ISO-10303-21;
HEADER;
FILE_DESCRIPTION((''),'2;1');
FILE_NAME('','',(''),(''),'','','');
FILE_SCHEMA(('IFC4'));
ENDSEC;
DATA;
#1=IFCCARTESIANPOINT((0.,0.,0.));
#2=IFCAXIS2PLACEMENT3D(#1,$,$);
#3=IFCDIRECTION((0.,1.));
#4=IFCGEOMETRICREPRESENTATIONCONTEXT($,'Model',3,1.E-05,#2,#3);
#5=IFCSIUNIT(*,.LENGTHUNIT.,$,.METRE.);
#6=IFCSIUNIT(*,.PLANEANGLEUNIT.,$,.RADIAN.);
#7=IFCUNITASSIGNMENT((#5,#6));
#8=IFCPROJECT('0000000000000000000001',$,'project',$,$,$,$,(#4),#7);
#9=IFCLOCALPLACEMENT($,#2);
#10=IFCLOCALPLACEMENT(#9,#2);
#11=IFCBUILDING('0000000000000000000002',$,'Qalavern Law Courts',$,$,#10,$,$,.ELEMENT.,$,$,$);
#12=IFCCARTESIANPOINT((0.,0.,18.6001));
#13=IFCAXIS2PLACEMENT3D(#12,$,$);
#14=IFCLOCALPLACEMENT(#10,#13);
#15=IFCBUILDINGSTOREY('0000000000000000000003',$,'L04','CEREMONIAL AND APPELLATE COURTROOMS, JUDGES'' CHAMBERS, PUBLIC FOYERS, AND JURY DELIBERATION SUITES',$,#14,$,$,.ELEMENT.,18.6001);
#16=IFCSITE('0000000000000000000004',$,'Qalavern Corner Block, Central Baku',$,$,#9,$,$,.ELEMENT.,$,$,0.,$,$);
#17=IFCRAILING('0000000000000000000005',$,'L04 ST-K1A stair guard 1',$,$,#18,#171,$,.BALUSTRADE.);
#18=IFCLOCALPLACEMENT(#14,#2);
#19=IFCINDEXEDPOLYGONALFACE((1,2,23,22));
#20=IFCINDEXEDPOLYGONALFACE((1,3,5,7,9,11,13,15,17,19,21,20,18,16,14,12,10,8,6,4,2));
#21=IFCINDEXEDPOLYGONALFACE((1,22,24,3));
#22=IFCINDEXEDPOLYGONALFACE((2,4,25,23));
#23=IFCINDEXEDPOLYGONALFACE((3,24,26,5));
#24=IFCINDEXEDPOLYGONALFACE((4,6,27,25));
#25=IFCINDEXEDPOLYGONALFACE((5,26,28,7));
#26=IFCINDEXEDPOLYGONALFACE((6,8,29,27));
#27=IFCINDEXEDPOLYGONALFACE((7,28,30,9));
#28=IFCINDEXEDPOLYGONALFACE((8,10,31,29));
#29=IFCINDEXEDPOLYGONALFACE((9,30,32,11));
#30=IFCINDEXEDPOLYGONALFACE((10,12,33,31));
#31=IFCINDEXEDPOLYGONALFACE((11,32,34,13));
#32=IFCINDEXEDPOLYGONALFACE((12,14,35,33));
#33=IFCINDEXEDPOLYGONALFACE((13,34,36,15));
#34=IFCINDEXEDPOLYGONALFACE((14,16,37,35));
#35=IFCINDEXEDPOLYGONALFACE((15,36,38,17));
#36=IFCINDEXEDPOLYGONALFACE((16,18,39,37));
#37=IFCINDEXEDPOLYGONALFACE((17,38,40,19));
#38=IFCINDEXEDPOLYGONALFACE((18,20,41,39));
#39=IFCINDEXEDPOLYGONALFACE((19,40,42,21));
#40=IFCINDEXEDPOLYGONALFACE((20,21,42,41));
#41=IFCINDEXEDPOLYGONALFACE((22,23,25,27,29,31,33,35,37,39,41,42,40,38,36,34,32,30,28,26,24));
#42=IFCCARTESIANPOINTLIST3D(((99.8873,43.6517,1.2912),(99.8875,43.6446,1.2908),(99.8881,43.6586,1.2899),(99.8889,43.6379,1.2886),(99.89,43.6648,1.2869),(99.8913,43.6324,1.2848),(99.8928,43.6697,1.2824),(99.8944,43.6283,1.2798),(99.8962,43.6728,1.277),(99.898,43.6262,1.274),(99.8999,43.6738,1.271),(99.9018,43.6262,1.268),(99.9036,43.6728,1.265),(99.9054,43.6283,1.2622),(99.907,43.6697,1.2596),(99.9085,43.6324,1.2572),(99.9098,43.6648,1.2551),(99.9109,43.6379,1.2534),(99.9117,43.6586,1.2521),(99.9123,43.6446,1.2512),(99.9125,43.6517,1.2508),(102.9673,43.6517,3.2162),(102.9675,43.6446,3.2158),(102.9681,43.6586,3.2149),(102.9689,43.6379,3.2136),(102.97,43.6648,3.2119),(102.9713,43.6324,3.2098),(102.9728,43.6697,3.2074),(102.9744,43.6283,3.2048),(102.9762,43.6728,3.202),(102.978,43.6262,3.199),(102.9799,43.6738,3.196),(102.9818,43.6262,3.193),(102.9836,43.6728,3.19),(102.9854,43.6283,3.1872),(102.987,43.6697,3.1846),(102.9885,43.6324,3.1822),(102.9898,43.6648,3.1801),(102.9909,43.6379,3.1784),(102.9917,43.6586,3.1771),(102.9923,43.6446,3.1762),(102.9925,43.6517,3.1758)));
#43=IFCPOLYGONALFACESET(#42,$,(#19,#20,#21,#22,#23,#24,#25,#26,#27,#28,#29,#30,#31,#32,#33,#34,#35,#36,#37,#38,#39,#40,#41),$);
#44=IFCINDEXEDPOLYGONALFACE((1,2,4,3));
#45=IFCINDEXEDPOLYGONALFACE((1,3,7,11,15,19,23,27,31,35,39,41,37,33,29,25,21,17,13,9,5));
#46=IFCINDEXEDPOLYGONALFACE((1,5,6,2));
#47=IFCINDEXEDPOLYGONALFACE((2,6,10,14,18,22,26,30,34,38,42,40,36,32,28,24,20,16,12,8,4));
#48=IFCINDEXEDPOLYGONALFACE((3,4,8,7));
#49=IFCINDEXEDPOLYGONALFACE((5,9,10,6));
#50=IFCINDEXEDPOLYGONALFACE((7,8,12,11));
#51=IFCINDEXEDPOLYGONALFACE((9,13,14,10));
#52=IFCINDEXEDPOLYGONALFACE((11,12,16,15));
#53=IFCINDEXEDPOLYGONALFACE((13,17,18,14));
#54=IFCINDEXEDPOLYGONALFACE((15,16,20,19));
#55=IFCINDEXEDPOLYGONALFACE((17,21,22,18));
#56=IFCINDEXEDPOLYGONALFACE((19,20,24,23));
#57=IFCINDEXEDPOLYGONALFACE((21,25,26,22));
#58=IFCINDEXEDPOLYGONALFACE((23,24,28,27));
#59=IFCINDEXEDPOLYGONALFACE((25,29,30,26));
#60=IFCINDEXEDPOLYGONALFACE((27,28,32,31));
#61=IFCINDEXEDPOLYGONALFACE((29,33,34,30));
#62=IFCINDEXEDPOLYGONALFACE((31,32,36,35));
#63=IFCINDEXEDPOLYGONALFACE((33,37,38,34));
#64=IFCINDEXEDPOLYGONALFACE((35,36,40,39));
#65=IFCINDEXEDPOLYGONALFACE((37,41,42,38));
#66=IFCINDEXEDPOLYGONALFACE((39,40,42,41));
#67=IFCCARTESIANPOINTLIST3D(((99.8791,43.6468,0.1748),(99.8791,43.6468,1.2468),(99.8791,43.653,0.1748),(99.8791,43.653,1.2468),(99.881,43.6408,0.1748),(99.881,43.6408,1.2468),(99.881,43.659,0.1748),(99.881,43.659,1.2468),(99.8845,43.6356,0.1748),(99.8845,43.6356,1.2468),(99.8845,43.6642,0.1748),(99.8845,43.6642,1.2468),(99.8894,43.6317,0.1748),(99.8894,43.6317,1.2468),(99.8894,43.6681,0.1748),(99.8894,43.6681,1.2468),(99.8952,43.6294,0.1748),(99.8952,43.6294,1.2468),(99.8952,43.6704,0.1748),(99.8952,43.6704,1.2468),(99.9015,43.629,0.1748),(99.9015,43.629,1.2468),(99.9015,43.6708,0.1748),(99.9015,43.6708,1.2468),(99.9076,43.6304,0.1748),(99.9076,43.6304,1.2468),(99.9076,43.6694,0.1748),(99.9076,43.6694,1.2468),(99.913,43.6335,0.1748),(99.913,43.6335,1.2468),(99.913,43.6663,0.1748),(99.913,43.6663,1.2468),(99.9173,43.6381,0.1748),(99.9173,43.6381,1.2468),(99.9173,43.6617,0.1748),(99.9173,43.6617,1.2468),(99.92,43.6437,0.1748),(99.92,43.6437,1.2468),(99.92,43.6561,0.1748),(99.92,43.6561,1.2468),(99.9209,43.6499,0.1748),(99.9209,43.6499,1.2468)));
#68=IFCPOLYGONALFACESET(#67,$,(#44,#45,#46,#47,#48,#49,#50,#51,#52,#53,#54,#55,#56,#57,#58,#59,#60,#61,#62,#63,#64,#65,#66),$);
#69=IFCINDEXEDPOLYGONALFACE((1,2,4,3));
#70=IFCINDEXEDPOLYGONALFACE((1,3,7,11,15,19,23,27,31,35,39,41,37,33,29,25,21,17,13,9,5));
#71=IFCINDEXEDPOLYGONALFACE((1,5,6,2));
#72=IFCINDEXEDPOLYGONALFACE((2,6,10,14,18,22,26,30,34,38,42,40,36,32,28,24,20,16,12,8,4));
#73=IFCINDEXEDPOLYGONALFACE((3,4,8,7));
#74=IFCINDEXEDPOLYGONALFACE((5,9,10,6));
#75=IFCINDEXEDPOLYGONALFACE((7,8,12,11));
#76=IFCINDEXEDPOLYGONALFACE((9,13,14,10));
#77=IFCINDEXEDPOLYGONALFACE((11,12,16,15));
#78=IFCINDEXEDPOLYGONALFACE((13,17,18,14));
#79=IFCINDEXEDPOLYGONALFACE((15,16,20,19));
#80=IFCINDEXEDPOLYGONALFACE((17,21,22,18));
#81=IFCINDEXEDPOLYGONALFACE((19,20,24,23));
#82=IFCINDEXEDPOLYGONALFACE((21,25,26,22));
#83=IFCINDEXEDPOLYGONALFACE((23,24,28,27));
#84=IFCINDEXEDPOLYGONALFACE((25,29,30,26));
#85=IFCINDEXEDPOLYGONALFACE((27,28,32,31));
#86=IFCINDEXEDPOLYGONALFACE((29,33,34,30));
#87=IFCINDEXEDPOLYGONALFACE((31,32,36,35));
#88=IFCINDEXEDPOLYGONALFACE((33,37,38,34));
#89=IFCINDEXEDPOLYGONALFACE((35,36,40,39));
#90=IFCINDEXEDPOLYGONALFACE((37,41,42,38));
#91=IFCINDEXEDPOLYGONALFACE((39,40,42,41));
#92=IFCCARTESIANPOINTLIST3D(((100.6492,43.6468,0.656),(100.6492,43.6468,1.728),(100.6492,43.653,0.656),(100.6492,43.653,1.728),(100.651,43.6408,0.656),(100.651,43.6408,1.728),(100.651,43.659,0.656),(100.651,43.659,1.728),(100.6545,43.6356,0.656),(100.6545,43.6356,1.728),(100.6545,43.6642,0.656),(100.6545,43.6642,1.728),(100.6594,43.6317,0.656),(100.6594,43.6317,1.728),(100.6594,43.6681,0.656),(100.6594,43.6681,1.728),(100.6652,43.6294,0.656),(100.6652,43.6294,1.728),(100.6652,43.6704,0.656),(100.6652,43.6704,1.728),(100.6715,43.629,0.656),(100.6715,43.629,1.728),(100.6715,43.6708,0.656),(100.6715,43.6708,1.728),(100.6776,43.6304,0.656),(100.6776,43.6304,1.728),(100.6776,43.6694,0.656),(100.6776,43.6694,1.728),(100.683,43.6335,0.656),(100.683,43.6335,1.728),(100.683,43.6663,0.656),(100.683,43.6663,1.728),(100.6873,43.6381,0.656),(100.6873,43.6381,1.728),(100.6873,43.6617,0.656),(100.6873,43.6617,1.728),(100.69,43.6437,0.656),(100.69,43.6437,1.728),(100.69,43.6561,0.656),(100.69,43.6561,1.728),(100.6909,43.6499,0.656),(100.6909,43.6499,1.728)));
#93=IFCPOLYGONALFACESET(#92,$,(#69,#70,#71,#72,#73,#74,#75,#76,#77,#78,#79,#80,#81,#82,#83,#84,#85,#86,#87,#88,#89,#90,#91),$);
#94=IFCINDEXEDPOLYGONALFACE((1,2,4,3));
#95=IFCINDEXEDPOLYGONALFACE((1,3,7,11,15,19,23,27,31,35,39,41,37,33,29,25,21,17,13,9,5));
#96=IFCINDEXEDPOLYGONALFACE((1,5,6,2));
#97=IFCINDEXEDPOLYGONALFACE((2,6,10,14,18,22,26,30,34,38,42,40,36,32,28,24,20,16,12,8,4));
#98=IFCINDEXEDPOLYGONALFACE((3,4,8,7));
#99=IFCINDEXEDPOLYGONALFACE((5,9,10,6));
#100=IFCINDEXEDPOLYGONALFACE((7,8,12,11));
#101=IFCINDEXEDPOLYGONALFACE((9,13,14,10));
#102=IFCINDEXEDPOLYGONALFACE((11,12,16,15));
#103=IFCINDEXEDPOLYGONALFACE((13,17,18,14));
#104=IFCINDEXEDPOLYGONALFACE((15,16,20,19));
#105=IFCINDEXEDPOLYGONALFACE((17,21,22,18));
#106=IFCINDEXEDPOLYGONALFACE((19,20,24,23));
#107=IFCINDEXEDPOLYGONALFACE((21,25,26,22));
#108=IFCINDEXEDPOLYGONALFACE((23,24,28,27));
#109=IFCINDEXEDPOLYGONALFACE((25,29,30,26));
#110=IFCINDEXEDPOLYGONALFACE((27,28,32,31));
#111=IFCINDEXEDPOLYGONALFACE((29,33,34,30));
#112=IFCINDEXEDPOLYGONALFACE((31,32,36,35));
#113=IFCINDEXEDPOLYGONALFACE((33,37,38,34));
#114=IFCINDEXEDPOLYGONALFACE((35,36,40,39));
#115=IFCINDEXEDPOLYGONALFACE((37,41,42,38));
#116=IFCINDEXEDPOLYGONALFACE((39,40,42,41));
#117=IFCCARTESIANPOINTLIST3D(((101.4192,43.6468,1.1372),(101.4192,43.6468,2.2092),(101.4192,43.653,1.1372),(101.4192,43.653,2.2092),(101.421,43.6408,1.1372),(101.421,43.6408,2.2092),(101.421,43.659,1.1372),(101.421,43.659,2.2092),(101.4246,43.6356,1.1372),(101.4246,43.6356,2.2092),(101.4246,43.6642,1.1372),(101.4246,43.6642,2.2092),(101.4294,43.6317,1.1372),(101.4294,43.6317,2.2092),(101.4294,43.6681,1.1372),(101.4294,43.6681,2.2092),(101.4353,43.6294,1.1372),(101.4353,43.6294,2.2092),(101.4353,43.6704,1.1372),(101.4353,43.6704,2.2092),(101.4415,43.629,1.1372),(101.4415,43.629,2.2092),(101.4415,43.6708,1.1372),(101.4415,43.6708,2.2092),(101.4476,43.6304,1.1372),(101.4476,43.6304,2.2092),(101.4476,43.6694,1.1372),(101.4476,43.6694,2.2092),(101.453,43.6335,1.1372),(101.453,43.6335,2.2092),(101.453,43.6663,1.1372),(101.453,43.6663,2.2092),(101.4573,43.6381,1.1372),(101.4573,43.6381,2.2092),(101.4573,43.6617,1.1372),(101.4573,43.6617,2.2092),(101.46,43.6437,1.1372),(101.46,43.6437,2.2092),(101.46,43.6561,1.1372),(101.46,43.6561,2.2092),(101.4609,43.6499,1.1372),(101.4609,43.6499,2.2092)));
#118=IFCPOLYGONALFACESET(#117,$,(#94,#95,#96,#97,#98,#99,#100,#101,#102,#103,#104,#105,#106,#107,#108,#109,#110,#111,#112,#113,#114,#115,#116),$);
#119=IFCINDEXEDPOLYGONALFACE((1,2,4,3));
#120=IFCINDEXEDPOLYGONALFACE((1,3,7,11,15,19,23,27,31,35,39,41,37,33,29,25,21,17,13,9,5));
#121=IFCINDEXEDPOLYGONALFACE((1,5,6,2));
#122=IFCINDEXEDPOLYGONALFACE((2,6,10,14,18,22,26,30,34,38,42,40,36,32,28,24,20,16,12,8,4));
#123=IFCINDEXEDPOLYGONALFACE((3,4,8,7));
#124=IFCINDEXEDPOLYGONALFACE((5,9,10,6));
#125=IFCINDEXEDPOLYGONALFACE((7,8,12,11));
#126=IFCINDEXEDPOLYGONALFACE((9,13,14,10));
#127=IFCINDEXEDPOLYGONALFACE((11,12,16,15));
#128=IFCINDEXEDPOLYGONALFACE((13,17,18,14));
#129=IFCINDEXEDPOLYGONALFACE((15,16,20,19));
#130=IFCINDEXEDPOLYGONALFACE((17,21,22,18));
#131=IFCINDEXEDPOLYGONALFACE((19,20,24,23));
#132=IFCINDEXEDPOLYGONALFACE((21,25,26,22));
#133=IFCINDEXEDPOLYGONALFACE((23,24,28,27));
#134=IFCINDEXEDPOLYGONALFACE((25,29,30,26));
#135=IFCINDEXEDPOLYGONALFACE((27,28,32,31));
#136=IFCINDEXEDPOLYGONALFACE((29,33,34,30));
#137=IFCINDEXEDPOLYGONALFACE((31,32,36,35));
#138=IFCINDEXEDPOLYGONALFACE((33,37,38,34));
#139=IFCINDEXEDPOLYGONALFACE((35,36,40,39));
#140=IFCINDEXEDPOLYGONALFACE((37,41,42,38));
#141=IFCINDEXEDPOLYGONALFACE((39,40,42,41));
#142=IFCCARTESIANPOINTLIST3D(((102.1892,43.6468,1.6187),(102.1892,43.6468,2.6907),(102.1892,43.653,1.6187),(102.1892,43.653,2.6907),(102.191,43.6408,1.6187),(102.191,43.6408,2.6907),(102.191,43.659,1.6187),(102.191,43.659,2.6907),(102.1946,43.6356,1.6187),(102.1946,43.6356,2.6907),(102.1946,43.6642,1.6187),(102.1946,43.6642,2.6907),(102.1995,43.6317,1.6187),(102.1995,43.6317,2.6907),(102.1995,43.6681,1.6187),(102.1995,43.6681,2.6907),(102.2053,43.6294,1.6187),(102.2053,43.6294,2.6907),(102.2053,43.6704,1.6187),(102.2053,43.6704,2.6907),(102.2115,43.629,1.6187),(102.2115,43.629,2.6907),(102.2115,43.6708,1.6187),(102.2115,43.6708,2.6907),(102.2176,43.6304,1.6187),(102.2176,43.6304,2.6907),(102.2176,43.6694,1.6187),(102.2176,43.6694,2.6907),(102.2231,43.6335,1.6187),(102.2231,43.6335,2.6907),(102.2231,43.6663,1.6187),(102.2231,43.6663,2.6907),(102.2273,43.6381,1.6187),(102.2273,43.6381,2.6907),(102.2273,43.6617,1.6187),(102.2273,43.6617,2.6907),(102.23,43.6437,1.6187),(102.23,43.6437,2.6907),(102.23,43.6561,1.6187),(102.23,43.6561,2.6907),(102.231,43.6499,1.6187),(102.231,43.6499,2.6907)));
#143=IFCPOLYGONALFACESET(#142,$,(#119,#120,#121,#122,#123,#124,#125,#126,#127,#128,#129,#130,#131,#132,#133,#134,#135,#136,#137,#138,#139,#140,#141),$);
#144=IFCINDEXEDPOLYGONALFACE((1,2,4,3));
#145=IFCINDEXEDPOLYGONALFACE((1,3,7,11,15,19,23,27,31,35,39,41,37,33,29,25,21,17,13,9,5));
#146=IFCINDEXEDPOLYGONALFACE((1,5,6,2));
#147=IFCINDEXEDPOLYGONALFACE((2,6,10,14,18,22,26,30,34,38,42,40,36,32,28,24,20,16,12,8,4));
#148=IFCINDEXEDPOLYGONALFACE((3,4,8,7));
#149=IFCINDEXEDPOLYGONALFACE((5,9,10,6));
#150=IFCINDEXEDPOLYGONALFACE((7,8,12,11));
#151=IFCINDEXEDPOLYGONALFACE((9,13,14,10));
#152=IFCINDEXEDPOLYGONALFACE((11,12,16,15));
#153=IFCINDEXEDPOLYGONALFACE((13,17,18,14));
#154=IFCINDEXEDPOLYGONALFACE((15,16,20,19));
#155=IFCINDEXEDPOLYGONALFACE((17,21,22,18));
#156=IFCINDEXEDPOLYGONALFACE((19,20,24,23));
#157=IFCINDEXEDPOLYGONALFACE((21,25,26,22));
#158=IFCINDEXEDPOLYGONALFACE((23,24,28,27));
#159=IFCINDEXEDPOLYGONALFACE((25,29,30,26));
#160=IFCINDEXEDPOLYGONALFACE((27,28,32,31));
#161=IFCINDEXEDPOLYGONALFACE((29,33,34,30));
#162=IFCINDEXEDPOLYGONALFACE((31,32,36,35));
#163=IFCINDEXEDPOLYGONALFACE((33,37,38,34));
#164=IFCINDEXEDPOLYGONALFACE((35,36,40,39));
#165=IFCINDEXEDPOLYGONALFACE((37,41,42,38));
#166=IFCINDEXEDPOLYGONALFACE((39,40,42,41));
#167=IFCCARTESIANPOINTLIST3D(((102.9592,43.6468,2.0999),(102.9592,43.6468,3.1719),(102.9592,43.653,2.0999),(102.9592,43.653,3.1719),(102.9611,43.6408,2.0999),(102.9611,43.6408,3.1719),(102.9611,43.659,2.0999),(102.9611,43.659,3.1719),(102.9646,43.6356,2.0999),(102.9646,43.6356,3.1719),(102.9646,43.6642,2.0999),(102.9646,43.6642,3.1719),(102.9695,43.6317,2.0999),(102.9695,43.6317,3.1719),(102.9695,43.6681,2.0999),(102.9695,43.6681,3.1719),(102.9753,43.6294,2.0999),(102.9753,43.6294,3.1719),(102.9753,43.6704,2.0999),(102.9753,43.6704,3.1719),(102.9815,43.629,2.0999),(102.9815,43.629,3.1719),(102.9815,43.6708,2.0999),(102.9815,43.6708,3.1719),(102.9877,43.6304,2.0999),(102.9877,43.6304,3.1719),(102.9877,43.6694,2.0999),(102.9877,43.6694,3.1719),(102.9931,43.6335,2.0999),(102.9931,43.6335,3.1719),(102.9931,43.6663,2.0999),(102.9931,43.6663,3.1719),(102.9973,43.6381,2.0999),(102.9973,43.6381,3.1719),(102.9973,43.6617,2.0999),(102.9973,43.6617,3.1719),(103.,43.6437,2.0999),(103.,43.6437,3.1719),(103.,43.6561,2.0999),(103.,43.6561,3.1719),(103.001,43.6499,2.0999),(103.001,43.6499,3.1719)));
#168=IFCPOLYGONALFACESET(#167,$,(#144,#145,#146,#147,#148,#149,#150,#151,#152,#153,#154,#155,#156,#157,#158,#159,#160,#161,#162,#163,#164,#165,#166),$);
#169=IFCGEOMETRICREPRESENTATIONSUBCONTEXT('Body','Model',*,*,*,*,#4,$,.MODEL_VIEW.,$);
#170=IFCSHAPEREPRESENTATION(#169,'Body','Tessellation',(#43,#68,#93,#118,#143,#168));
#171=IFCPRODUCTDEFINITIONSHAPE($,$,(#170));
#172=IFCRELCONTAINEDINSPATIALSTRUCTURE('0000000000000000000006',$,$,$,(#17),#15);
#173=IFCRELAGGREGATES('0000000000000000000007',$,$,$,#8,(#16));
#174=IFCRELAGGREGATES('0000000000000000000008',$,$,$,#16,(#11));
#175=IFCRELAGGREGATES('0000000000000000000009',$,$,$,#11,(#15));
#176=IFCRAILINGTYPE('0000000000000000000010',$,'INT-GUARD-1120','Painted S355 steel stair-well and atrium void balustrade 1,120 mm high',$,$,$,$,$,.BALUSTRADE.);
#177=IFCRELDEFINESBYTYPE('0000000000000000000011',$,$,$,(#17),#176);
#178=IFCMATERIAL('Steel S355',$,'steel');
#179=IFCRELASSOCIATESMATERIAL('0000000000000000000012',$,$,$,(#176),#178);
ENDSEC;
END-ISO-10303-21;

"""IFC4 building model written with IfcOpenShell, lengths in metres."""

from ifc_helpers import new_model, si_unit, direction, frame, origin, origin_2d, place, context, subcontext, project, spatial, circle, extrude, material, type_object, element, save


model = new_model("IFC4")

# Units and contexts
model_context = context("Model", 3, precision=1e-05, world=origin(), true_north=direction((0.0, 1.0)))
body_context = subcontext(model_context, "Body", "Model", "MODEL_VIEW")
ifc_project = project(units=[si_unit("LENGTHUNIT", "METRE"), si_unit("PLANEANGLEUNIT", "RADIAN")], contexts=[model_context])

# Site, building, storey
site_placement = place(None, origin())
site = spatial("IfcSite", under=ifc_project, at=site_placement, Name="Qalavern Corner Block, Central Baku", CompositionType="ELEMENT", RefElevation=0.0)
building_placement = place(site_placement, origin())
building = spatial("IfcBuilding", under=site, at=building_placement, Name="Qalavern Law Courts", CompositionType="ELEMENT")
storey_placement = place(building_placement, frame((0.0, 0.0, 18.6001)))
storey = spatial("IfcBuildingStorey", under=building, at=storey_placement, Name="L04", Description="CEREMONIAL AND APPELLATE COURTROOMS, JUDGES' CHAMBERS, PUBLIC FOYERS, AND JURY DELIBERATION SUITES", CompositionType="ELEMENT", Elevation=18.6001)

# Railing
ifc_material_1 = material(Name="Steel S355", Category="steel")
railing_type_1 = type_object("IfcRailingType", Name="INT-GUARD-1120", Description="Painted S355 steel stair-well and atrium void balustrade 1,120 mm high", PredefinedType="BALUSTRADE", material=ifc_material_1)
railing_1_placement = place(storey_placement, frame((99.8999, 43.6499, 0.1748)))
element("IfcRailing", 1, at=railing_1_placement, inside=storey, type_object=railing_type_1, Name="L04 ST-K1A stair guard 1", PredefinedType="BALUSTRADE", context=body_context, shape_type="SweptSolid", body=[
    extrude(circle(Radius=0.0239, at=origin_2d()), frame((0.0, 0.0, 1.0962), z_axis=(0.847998, 0.0, 0.529999), x_axis=(0.0, 1.0, 0.0)), (0.0, 0.0, 1.0), 3.6321),
    extrude(circle(Radius=0.021, at=origin_2d()), origin(), (0.0, 0.0, 1.0), 1.072),
    extrude(circle(Radius=0.021, at=origin_2d()), frame((0.77, 0.0, 0.4812)), (0.0, 0.0, 1.0), 1.072),
    extrude(circle(Radius=0.021, at=origin_2d()), frame((1.54, 0.0, 0.9624)), (0.0, 0.0, 1.0), 1.072),
    extrude(circle(Radius=0.021, at=origin_2d()), frame((2.3101, 0.0, 1.4438)), (0.0, 0.0, 1.0), 1.072),
    extrude(circle(Radius=0.021, at=origin_2d()), frame((3.0801, 0.0, 1.925)), (0.0, 0.0, 1.0), 1.072),
])

save(model, "model.ifc")
